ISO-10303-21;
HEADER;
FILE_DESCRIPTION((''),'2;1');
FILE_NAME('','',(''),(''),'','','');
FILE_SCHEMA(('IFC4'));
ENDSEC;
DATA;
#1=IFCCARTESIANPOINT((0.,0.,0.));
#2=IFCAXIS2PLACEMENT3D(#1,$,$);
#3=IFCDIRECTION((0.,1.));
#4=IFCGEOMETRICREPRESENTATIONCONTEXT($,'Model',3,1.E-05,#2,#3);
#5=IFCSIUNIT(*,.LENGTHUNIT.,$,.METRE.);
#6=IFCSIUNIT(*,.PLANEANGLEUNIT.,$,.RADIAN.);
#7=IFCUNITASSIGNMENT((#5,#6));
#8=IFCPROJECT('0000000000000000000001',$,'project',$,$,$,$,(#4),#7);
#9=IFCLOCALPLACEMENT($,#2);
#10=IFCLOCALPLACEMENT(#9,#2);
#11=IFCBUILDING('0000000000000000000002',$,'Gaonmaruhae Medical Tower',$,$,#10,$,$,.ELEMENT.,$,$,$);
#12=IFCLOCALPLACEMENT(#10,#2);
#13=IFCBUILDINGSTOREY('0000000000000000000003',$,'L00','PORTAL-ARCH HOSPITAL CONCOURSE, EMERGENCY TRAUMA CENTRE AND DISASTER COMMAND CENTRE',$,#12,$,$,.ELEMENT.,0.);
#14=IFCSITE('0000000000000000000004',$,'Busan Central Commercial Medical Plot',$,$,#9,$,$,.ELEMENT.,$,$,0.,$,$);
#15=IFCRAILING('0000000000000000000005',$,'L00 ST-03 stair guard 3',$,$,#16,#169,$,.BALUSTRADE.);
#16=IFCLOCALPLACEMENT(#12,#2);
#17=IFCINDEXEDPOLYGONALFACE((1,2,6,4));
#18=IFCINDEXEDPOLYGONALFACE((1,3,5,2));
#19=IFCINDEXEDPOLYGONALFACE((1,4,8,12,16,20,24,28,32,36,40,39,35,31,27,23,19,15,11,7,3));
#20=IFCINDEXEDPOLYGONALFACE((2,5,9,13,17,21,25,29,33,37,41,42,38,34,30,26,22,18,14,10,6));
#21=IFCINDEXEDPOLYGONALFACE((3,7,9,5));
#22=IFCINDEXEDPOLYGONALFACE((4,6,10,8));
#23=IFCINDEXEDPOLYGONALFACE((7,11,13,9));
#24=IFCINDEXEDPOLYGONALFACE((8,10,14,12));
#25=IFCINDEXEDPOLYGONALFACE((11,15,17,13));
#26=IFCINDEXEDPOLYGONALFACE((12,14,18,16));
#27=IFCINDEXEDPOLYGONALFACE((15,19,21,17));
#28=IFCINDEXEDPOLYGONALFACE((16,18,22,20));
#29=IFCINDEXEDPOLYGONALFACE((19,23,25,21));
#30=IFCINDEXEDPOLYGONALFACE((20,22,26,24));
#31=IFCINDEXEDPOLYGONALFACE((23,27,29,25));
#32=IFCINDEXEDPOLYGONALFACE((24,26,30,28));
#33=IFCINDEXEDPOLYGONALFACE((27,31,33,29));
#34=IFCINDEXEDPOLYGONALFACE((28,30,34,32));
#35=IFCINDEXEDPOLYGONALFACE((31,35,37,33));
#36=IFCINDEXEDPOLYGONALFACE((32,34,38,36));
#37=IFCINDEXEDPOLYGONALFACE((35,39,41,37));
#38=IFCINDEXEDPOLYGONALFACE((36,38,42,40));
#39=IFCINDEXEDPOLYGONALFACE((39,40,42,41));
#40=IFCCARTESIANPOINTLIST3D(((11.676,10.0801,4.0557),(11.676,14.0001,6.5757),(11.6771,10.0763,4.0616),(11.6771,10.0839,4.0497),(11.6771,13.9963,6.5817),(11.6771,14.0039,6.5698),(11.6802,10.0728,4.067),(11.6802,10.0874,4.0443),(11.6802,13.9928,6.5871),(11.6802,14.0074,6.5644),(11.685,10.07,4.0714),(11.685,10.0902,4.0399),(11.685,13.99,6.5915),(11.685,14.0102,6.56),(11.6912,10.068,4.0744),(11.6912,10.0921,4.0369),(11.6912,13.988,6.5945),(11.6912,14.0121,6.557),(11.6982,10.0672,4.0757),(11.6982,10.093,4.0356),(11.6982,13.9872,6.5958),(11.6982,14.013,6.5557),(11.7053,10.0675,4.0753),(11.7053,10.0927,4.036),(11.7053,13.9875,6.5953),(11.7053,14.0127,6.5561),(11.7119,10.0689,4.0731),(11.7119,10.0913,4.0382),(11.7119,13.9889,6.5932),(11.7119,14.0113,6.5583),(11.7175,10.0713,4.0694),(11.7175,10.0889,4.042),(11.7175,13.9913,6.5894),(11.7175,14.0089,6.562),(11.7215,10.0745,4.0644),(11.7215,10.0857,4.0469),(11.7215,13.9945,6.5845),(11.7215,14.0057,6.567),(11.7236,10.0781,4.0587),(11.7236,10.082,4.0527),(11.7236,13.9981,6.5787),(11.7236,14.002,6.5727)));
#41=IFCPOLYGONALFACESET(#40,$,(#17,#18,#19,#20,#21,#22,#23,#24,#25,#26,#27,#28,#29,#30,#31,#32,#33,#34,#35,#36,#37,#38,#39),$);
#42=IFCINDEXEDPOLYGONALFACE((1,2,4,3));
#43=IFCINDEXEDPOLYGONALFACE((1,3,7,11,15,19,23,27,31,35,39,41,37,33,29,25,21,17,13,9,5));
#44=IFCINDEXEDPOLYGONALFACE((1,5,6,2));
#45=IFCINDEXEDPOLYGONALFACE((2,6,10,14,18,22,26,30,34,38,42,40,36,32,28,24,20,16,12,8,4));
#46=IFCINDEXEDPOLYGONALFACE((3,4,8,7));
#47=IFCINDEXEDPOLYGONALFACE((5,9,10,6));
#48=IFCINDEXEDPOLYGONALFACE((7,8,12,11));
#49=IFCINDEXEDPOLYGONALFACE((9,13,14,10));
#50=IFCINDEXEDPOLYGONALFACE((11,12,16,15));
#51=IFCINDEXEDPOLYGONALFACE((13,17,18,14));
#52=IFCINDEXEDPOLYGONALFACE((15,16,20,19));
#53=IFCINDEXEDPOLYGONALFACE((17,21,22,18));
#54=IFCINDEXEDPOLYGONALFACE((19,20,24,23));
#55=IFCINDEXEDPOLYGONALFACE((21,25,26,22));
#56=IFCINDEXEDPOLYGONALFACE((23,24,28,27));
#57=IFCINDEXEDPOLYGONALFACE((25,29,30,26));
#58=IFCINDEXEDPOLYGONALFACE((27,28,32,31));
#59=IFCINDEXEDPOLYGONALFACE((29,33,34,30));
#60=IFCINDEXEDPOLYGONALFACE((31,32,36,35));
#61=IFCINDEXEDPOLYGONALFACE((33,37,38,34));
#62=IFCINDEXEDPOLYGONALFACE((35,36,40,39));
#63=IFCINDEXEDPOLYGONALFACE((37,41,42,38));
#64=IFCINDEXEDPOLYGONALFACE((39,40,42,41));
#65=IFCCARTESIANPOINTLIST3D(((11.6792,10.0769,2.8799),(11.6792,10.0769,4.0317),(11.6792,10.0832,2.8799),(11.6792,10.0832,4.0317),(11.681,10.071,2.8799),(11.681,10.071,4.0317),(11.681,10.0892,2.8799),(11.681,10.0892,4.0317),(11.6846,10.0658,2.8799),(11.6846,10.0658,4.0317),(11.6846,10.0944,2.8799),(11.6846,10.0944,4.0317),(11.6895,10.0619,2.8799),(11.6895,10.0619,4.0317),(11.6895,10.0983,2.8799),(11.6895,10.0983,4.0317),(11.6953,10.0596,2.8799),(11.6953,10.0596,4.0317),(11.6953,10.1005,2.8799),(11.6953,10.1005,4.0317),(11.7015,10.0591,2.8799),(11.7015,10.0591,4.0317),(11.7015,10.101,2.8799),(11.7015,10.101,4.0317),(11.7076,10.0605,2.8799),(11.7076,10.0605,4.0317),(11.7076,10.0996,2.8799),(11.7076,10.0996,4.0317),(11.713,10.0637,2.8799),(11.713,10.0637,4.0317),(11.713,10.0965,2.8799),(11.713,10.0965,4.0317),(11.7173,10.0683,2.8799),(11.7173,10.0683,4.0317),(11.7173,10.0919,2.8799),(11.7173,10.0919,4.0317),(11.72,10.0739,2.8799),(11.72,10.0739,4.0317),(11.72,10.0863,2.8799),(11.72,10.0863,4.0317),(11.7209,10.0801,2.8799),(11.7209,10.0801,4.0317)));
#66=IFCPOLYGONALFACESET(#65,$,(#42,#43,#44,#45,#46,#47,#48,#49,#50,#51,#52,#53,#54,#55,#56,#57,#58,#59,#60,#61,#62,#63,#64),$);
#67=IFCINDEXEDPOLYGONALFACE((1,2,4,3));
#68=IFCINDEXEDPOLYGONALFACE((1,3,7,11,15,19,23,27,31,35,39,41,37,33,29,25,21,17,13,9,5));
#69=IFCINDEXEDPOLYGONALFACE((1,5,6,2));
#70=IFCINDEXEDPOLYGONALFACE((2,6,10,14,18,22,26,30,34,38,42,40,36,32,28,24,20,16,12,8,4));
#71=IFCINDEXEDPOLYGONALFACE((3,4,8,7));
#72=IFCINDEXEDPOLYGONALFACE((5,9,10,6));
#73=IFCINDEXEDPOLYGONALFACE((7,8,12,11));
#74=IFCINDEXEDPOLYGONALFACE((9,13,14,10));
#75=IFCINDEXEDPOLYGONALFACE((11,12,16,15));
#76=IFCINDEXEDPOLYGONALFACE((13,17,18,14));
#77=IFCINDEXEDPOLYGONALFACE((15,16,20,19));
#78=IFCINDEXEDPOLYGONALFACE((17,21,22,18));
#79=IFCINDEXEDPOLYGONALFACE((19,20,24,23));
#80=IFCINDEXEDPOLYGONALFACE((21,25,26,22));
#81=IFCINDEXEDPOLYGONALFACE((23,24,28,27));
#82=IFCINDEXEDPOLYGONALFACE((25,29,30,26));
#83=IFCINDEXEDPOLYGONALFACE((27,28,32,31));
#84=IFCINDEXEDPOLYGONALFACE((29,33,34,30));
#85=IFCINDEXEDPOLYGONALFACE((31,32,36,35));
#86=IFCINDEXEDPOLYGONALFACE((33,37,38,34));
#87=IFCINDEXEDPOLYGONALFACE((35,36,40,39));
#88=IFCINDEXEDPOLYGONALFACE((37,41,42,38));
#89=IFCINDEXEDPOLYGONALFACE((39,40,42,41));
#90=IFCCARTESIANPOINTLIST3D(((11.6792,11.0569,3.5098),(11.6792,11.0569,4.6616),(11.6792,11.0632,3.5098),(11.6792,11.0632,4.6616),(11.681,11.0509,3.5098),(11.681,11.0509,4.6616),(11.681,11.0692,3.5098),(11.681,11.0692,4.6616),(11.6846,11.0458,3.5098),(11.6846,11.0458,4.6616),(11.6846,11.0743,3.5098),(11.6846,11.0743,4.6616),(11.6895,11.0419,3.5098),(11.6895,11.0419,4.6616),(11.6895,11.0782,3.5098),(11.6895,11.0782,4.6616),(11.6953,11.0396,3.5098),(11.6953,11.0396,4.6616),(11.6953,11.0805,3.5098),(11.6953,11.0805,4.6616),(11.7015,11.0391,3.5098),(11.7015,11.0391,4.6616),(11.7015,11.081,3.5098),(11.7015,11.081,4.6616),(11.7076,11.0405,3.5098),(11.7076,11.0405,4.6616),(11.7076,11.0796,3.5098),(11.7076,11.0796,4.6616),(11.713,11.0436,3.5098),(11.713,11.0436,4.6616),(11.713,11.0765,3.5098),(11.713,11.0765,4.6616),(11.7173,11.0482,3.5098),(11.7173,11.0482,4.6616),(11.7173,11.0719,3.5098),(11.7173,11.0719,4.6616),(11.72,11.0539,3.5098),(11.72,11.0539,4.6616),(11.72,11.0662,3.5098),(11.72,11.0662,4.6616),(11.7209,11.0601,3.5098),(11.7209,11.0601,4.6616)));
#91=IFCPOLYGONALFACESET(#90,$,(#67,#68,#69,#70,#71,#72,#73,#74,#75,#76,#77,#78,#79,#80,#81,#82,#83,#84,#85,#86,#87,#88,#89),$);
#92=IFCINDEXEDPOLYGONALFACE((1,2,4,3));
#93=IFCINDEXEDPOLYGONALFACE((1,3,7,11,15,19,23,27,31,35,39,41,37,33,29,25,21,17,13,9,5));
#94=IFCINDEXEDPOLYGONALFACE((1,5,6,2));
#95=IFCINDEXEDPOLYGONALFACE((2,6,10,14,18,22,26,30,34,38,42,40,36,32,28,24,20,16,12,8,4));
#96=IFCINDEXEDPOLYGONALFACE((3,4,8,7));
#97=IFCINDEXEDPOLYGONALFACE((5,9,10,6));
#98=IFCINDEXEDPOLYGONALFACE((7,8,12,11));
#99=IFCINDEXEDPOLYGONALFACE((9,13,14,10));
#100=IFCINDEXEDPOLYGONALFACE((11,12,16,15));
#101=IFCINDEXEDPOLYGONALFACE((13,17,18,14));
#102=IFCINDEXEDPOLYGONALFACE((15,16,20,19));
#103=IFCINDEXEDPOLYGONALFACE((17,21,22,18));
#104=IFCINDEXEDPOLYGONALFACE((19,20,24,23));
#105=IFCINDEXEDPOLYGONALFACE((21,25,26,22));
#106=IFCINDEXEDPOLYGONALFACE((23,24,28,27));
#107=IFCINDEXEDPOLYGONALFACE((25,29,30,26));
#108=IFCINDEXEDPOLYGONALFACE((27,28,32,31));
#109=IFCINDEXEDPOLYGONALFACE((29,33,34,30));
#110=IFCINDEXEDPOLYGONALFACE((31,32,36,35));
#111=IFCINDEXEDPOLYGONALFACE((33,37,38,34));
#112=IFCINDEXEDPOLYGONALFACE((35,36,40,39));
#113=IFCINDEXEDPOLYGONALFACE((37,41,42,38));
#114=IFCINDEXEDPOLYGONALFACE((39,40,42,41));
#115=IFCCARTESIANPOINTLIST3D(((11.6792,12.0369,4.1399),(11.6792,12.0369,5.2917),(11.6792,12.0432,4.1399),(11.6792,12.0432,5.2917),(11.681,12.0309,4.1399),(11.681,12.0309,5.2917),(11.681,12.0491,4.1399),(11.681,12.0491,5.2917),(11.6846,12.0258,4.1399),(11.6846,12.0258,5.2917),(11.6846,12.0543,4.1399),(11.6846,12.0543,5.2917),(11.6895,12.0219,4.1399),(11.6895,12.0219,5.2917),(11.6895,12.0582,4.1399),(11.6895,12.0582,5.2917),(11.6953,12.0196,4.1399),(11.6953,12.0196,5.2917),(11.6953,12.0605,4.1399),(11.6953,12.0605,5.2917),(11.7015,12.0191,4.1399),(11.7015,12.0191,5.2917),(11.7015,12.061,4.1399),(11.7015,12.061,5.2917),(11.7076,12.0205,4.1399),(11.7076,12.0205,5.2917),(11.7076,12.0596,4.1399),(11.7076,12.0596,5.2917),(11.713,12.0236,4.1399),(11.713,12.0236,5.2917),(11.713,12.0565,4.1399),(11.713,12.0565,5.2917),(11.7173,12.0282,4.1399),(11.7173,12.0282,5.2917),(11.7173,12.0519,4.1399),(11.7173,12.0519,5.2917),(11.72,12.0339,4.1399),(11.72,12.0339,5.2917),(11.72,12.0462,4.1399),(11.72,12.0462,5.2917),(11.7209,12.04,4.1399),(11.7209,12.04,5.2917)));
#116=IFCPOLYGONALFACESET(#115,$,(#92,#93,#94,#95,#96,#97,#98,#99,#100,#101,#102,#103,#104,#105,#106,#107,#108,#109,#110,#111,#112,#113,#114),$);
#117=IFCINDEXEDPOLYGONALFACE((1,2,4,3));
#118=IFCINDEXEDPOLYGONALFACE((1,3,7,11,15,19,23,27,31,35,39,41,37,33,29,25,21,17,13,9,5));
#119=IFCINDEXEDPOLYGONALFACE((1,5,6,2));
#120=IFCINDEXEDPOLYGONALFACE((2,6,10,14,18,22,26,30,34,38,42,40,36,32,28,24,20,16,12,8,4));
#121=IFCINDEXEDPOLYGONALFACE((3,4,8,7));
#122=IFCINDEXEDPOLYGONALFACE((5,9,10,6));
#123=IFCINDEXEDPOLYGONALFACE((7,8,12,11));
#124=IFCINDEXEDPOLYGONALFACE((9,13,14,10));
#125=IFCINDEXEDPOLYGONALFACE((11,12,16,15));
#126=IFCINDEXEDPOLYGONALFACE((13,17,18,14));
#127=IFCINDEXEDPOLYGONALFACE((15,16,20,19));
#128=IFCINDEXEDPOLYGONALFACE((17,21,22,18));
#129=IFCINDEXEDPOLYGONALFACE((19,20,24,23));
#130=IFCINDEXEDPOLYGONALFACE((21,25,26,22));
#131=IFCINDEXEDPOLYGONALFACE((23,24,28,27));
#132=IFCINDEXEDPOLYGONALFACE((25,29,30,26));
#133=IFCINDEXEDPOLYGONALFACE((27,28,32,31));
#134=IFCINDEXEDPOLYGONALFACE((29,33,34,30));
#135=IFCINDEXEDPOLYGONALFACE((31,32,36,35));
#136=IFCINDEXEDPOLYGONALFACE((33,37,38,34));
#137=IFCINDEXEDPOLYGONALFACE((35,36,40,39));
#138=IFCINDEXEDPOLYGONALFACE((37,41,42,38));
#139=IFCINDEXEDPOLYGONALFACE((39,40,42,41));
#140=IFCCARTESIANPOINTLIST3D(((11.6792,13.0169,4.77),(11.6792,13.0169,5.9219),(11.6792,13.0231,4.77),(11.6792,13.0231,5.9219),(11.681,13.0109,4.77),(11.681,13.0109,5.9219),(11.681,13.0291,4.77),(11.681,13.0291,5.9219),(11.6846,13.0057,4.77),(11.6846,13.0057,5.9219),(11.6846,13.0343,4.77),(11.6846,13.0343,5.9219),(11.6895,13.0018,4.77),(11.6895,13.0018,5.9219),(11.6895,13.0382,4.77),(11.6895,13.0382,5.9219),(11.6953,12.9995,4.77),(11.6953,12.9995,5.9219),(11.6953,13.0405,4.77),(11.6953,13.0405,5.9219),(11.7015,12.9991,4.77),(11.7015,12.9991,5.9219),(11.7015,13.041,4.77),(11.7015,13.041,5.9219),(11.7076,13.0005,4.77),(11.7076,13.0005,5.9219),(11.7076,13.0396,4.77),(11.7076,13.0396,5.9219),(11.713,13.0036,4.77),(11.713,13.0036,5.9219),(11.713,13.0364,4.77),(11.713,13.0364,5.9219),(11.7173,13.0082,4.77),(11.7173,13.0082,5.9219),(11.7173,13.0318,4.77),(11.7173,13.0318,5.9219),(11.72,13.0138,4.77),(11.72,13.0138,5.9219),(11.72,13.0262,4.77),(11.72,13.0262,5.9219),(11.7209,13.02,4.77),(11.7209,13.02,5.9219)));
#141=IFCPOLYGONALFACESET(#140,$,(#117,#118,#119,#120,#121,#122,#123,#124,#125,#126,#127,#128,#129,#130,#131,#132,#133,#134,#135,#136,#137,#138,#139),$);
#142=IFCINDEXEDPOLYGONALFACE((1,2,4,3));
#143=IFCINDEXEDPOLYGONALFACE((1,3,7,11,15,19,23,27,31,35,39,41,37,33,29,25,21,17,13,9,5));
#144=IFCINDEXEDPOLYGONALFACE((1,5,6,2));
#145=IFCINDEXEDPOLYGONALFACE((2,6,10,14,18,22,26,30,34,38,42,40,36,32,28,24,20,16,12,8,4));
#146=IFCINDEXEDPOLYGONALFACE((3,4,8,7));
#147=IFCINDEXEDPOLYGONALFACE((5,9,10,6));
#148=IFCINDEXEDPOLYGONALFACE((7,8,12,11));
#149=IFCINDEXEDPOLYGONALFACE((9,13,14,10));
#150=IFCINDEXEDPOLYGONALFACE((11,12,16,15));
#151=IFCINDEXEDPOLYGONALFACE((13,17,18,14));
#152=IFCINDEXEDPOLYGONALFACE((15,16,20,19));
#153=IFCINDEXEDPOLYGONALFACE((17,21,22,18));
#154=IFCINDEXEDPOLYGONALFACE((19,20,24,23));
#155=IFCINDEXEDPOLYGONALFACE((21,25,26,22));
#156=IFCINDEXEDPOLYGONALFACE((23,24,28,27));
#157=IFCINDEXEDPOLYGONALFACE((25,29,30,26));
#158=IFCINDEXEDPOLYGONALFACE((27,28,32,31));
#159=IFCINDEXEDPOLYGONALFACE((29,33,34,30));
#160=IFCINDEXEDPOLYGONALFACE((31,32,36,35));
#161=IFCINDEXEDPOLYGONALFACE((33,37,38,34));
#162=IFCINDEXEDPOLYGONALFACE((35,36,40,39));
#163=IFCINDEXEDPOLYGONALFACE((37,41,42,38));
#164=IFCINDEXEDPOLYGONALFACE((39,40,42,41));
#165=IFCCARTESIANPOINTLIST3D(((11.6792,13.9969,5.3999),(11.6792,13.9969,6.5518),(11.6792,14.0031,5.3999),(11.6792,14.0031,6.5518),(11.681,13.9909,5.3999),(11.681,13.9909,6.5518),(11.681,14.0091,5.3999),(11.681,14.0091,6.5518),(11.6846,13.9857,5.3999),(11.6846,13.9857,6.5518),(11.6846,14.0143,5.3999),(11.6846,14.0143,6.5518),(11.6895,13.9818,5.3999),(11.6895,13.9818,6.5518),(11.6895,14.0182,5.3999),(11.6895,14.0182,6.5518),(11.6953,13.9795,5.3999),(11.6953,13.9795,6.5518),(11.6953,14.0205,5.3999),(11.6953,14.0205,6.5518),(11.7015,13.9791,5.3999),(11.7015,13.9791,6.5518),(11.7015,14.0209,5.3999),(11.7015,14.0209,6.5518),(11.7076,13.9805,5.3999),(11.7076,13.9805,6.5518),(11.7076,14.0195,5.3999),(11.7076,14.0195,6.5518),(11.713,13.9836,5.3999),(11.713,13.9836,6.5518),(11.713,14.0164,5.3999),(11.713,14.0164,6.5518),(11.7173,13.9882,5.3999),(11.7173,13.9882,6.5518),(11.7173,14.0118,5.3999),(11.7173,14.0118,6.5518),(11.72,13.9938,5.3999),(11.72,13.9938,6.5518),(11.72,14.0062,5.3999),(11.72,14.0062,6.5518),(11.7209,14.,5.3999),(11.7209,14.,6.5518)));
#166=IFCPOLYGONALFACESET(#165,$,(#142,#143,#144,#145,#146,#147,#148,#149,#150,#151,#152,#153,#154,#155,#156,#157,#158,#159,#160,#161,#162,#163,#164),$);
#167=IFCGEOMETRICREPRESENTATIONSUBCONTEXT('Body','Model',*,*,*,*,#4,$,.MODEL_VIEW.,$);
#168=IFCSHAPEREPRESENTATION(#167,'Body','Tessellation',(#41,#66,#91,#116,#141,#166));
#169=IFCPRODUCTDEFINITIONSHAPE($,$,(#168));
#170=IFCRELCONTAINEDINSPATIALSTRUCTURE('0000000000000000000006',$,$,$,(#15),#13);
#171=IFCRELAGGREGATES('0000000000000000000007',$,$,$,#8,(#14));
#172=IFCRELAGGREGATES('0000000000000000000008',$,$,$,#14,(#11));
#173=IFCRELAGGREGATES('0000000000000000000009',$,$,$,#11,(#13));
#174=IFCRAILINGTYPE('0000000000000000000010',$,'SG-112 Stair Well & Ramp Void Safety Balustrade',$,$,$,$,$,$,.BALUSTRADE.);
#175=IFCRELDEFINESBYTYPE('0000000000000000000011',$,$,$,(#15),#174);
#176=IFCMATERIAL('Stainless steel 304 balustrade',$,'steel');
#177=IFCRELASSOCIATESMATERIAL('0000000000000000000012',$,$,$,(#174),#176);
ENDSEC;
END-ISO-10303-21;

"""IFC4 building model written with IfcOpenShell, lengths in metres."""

from ifc_helpers import new_model, si_unit, direction, frame, origin, origin_2d, place, context, subcontext, project, spatial, circle, extrude, material, type_object, element, save


model = new_model("IFC4")

# Units and contexts
model_context = context("Model", 3, precision=1e-05, world=origin(), true_north=direction((0.0, 1.0)))
body_context = subcontext(model_context, "Body", "Model", "MODEL_VIEW")
ifc_project = project(units=[si_unit("LENGTHUNIT", "METRE"), si_unit("PLANEANGLEUNIT", "RADIAN")], contexts=[model_context])

# Site, building, storey
site_placement = place(None, origin())
site = spatial("IfcSite", under=ifc_project, at=site_placement, Name="Busan Central Commercial Medical Plot", CompositionType="ELEMENT", RefElevation=0.0)
building_placement = place(site_placement, origin())
building = spatial("IfcBuilding", under=site, at=building_placement, Name="Gaonmaruhae Medical Tower", CompositionType="ELEMENT")
storey_placement = place(building_placement, origin())
storey = spatial("IfcBuildingStorey", under=building, at=storey_placement, Name="L00", Description="PORTAL-ARCH HOSPITAL CONCOURSE, EMERGENCY TRAUMA CENTRE AND DISASTER COMMAND CENTRE", CompositionType="ELEMENT", Elevation=0.0)

# Railing
ifc_material_1 = material(Name="Stainless steel 304 balustrade", Category="steel")
railing_type_1 = type_object("IfcRailingType", Name="SG-112 Stair Well & Ramp Void Safety Balustrade", PredefinedType="BALUSTRADE", material=ifc_material_1)
railing_1_placement = place(storey_placement, frame((11.7, 10.0801, 2.8799)))
element("IfcRailing", 1, at=railing_1_placement, inside=storey, type_object=railing_type_1, Name="L00 ST-03 stair guard 3", PredefinedType="BALUSTRADE", context=body_context, shape_type="SweptSolid", body=[
    extrude(circle(Radius=0.0239, at=origin_2d()), frame((0.0, 0.0, 1.1758), z_axis=(0.0, 0.841172, 0.540768), x_axis=(-1.0, 0.0, 0.0)), (0.0, 0.0, 1.0), 4.6602),
    extrude(circle(Radius=0.021, at=origin_2d()), origin(), (0.0, 0.0, 1.0), 1.1519),
    extrude(circle(Radius=0.021, at=origin_2d()), frame((0.0, 0.98, 0.6299)), (0.0, 0.0, 1.0), 1.1519),
    extrude(circle(Radius=0.021, at=origin_2d()), frame((0.0, 1.96, 1.26)), (0.0, 0.0, 1.0), 1.1519),
    extrude(circle(Radius=0.021, at=origin_2d()), frame((0.0, 2.9399, 1.8901)), (0.0, 0.0, 1.0), 1.1519),
    extrude(circle(Radius=0.021, at=origin_2d()), frame((0.0, 3.9199, 2.52)), (0.0, 0.0, 1.0), 1.1519),
])

save(model, "model.ifc")
